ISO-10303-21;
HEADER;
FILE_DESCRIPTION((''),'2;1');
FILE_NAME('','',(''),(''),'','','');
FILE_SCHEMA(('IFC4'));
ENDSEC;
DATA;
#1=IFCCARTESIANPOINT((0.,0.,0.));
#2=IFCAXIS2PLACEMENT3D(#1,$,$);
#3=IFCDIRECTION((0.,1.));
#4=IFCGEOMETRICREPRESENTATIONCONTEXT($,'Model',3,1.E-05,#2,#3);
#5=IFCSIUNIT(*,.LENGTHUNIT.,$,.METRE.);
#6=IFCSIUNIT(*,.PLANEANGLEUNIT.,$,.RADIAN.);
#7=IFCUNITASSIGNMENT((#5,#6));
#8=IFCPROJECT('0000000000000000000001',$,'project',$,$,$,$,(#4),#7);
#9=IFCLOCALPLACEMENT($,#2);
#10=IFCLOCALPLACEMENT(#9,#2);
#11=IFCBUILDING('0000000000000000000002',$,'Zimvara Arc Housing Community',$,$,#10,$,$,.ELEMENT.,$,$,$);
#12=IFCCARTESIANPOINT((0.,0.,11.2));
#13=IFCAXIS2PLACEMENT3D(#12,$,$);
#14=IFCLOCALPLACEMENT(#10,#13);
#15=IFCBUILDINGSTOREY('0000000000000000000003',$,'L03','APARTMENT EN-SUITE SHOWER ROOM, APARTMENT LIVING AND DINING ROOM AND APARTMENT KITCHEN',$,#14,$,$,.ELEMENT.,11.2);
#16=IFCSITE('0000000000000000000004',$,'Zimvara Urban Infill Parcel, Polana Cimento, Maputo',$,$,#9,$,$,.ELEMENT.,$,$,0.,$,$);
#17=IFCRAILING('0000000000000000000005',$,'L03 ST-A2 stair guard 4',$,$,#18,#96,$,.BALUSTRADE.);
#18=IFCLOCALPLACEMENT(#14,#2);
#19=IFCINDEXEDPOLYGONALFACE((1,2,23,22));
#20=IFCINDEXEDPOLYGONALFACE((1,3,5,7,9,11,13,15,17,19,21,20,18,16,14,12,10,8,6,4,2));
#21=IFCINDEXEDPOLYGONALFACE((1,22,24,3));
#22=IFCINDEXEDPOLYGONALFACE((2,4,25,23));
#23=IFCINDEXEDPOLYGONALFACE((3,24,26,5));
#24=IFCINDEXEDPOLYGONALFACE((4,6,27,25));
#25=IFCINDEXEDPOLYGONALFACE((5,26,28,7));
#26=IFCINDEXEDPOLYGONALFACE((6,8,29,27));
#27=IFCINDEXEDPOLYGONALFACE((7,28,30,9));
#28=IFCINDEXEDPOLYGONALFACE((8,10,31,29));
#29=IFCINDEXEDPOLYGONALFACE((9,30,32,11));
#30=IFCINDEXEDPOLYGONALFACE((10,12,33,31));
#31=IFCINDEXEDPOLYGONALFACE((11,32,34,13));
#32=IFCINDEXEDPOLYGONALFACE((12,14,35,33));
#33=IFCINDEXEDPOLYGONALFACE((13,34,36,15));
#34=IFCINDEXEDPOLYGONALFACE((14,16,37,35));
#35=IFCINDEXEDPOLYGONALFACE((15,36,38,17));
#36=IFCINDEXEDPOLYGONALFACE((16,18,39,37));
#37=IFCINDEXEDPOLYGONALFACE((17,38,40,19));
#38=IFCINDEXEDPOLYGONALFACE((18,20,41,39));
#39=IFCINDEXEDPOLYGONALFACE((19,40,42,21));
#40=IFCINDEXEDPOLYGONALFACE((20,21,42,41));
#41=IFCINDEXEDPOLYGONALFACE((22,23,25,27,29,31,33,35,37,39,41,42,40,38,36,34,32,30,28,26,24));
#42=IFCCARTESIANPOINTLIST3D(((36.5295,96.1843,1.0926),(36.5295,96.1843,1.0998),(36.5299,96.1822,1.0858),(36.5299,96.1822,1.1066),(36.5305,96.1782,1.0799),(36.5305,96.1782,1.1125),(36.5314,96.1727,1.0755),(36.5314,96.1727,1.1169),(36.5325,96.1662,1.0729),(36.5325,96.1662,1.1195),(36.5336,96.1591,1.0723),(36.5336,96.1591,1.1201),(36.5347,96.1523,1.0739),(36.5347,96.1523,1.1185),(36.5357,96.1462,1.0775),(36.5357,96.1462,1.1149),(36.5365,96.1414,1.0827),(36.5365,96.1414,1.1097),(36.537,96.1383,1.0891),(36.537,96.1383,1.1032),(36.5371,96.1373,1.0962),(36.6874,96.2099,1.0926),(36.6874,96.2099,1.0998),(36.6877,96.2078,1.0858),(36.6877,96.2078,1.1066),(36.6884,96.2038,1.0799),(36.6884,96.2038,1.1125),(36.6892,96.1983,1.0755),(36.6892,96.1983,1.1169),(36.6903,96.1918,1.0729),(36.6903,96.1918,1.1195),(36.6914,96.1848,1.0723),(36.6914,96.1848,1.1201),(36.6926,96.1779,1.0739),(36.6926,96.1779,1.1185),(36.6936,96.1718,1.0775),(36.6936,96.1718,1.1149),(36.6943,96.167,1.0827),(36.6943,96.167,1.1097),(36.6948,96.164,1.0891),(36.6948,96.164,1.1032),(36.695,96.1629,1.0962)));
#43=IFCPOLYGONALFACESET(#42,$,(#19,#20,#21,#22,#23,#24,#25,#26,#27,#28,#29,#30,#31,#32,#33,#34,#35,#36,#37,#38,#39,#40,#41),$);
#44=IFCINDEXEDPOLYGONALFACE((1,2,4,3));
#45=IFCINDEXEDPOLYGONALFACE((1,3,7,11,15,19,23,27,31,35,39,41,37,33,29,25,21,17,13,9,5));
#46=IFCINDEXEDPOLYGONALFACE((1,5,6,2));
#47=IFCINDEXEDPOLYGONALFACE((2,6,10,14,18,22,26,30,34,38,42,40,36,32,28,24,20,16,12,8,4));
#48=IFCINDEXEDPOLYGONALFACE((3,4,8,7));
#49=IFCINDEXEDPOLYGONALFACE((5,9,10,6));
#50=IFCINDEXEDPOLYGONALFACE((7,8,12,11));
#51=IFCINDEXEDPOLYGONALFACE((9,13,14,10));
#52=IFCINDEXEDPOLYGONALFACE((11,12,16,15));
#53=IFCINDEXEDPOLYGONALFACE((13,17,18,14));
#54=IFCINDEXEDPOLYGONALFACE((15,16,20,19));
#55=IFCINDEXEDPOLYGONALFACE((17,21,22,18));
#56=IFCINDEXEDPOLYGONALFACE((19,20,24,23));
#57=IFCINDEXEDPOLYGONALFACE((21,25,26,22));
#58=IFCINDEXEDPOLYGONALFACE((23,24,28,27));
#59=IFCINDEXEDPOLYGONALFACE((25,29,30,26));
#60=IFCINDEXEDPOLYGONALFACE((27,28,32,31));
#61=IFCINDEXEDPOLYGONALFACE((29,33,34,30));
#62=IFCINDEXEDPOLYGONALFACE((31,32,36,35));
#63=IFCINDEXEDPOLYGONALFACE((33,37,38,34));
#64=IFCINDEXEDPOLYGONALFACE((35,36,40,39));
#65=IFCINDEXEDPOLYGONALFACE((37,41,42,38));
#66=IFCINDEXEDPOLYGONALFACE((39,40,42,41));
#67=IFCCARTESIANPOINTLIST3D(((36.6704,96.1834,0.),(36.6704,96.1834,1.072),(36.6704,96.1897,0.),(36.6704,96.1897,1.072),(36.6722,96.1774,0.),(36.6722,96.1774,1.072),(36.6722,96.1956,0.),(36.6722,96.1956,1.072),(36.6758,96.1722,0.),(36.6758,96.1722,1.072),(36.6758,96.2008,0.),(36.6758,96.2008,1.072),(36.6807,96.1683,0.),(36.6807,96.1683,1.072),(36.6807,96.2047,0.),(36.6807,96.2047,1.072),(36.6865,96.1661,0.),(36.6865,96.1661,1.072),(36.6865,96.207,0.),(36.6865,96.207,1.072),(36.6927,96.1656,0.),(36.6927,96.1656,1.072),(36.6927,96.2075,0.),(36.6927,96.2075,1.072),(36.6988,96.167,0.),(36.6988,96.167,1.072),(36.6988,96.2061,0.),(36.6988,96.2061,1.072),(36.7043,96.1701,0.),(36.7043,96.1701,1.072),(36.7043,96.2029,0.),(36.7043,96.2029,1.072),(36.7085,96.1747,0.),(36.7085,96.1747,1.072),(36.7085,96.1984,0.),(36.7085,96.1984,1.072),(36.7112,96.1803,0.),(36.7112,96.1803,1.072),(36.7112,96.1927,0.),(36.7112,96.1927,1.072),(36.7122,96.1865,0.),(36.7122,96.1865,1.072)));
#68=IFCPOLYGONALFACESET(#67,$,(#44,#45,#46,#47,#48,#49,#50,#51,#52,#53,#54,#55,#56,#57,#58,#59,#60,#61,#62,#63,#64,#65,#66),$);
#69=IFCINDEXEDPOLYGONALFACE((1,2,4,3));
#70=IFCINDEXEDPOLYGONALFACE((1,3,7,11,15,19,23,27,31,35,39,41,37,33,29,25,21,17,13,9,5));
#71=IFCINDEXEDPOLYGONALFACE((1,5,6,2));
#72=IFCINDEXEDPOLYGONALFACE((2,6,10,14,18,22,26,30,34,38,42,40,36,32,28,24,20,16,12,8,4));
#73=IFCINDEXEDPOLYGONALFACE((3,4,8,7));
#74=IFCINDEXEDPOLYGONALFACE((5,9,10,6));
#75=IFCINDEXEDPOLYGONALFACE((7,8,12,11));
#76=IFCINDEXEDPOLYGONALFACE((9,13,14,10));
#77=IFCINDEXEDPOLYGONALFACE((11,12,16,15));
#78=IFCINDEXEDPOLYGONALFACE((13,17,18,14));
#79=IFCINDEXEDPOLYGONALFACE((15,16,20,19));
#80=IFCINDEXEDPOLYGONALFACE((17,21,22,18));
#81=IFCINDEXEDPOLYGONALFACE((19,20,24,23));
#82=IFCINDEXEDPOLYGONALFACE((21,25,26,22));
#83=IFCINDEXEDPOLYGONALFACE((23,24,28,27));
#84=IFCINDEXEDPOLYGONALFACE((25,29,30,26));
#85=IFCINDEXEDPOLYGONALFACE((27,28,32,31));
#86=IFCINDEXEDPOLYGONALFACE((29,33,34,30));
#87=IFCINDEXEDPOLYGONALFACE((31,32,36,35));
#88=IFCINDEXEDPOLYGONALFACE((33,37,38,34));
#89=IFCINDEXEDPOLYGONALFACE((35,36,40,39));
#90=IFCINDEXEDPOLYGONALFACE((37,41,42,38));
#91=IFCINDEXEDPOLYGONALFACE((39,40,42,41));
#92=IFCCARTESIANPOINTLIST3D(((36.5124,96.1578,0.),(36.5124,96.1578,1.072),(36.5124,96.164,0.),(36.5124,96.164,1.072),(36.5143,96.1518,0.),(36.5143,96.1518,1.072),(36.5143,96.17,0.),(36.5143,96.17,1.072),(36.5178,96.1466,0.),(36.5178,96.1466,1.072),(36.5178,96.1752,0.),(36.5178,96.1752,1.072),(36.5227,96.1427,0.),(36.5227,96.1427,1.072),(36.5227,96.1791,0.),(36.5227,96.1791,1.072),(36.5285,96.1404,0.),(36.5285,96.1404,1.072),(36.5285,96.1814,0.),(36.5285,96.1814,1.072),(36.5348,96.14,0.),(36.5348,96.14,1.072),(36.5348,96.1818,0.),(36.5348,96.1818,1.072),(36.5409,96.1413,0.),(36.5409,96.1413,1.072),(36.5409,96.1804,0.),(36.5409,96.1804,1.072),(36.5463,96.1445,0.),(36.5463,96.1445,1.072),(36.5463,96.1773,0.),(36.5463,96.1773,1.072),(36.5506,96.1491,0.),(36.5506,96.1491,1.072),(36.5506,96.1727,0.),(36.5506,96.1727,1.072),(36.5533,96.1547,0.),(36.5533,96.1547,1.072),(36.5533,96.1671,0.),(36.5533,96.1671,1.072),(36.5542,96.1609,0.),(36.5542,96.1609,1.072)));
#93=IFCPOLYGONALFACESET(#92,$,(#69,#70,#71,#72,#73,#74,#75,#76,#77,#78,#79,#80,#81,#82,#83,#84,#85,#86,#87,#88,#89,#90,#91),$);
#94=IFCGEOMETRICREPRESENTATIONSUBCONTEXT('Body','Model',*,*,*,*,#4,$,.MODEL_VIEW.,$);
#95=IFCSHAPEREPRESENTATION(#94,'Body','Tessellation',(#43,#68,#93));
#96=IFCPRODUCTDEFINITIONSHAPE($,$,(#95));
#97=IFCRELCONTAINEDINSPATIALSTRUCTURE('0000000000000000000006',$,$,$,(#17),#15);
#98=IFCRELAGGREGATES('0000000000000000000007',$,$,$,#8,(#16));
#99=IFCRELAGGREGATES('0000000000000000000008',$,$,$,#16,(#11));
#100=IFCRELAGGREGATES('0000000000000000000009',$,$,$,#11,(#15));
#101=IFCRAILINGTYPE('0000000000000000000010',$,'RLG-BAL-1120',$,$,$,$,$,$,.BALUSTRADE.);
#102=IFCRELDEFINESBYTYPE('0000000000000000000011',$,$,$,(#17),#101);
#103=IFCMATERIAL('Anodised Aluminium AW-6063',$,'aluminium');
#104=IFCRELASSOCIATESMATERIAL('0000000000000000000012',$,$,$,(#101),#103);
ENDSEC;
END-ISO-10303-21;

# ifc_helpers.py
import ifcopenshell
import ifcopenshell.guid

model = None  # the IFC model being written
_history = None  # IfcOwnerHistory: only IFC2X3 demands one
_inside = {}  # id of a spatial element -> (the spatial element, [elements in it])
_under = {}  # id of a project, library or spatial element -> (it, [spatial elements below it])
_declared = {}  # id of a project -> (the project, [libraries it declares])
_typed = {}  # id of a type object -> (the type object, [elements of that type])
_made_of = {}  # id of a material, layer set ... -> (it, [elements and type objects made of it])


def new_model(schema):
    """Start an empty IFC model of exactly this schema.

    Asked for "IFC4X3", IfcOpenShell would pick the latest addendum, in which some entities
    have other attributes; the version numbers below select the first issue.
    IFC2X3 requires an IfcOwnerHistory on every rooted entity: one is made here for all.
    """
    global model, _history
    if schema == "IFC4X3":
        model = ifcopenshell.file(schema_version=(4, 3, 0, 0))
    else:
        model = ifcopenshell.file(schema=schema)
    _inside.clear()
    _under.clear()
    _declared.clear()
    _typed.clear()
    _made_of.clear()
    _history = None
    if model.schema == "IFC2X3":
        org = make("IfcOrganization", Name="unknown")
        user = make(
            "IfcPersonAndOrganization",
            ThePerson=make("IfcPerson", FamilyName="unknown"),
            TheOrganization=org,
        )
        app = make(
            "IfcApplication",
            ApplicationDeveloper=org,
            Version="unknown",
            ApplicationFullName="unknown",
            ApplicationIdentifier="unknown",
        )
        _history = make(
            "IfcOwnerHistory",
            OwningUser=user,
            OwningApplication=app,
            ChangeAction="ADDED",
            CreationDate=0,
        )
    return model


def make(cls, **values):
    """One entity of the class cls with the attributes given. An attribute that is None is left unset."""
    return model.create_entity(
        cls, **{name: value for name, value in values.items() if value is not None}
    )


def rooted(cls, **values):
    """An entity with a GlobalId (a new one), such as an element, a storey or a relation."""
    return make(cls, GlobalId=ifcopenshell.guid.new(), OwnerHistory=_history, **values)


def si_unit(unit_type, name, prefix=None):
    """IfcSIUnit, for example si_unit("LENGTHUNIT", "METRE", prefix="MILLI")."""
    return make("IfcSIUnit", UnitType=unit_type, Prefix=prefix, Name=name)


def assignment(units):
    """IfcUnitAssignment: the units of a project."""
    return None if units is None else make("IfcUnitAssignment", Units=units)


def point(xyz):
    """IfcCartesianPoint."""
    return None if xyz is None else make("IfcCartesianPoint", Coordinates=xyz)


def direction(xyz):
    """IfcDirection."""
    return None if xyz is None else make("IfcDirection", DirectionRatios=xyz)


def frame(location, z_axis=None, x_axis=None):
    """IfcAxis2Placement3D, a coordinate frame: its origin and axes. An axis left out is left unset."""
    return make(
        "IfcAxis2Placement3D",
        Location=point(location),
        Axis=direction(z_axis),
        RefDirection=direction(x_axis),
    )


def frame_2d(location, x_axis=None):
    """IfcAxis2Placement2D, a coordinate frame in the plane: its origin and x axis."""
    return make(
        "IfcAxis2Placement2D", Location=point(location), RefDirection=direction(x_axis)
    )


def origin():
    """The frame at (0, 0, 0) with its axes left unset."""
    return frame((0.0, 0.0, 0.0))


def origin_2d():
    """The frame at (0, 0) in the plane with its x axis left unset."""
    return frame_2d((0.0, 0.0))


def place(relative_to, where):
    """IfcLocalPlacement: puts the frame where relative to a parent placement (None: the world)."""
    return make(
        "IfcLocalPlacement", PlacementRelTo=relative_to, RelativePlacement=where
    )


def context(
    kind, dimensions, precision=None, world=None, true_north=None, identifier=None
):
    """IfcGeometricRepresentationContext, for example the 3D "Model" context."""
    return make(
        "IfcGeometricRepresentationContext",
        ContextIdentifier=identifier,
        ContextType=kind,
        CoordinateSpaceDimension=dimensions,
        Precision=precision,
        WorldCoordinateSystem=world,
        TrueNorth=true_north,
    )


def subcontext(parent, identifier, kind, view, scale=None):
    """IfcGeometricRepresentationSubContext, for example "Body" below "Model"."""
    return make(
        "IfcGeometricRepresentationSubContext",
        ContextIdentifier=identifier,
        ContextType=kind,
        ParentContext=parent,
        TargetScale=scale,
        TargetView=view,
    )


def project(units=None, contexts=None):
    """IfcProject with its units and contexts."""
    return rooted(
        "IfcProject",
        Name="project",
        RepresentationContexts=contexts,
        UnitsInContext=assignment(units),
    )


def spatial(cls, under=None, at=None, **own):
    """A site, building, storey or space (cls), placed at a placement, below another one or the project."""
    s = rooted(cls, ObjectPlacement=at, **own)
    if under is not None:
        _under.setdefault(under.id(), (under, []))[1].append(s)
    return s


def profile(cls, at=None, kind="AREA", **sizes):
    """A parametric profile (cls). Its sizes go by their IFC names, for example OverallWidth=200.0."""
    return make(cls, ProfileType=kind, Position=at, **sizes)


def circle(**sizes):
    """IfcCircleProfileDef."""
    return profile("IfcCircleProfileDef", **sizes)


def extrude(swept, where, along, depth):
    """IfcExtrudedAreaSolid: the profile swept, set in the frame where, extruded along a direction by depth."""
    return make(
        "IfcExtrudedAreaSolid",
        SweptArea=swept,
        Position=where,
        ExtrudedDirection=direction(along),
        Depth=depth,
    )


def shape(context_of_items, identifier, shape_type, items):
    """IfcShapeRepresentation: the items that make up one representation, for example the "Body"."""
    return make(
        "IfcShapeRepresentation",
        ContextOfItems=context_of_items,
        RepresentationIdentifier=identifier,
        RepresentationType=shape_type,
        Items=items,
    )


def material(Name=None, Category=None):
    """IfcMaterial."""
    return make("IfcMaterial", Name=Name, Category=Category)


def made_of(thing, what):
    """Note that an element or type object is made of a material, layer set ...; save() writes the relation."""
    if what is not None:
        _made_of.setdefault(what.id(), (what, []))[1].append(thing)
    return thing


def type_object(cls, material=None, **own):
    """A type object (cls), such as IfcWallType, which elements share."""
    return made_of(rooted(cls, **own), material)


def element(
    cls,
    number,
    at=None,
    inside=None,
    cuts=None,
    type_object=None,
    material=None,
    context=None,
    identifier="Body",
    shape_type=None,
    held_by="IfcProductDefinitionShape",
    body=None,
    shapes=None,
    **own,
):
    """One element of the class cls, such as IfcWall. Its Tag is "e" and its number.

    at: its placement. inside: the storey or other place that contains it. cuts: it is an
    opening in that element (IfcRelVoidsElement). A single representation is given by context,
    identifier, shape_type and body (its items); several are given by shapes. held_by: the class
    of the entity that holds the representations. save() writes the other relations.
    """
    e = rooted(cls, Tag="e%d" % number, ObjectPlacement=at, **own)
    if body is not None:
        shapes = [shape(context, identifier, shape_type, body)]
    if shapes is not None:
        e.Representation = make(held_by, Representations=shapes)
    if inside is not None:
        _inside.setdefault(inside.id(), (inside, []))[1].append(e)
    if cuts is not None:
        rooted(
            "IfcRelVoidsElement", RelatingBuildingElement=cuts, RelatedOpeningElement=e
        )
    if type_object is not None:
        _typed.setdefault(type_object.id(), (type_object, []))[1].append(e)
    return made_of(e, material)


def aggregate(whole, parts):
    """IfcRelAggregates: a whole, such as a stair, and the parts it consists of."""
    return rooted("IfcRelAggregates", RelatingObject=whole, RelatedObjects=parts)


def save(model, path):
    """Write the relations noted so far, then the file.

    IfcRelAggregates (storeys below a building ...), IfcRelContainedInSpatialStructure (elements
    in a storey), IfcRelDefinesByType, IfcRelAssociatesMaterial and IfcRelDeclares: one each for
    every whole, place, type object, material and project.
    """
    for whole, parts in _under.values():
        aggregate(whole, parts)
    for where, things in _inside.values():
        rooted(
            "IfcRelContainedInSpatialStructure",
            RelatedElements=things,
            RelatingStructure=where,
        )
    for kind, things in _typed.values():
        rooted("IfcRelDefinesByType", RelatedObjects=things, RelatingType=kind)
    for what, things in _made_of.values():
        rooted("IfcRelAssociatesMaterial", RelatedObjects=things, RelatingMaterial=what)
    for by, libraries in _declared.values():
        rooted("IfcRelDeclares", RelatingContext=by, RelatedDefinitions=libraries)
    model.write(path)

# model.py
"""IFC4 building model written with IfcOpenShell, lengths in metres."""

from ifc_helpers import new_model, si_unit, direction, frame, origin, origin_2d, place, context, subcontext, project, spatial, circle, extrude, material, type_object, element, save


model = new_model("IFC4")

# Units and contexts
model_context = context("Model", 3, precision=1e-05, world=origin(), true_north=direction((0.0, 1.0)))
body_context = subcontext(model_context, "Body", "Model", "MODEL_VIEW")
ifc_project = project(units=[si_unit("LENGTHUNIT", "METRE"), si_unit("PLANEANGLEUNIT", "RADIAN")], contexts=[model_context])

# Site, building, storey
site_placement = place(None, origin())
site = spatial("IfcSite", under=ifc_project, at=site_placement, Name="Zimvara Urban Infill Parcel, Polana Cimento, Maputo", CompositionType="ELEMENT", RefElevation=0.0)
building_placement = place(site_placement, origin())
building = spatial("IfcBuilding", under=site, at=building_placement, Name="Zimvara Arc Housing Community", CompositionType="ELEMENT")
storey_placement = place(building_placement, frame((0.0, 0.0, 11.2)))
storey = spatial("IfcBuildingStorey", under=building, at=storey_placement, Name="L03", Description="APARTMENT EN-SUITE SHOWER ROOM, APARTMENT LIVING AND DINING ROOM AND APARTMENT KITCHEN", CompositionType="ELEMENT", Elevation=11.2)

# Railing
ifc_material_1 = material(Name="Anodised Aluminium AW-6063", Category="aluminium")
railing_type_1 = type_object("IfcRailingType", Name="RLG-BAL-1120", PredefinedType="BALUSTRADE", material=ifc_material_1)
railing_1_placement = place(storey_placement, frame((36.6912, 96.1865, 0.0)))
element("IfcRailing", 1, at=railing_1_placement, inside=storey, type_object=railing_type_1, Name="L03 ST-A2 stair guard 4", PredefinedType="BALUSTRADE", context=body_context, shape_type="SweptSolid", body=[
    extrude(circle(Radius=0.0239, at=origin_2d()), frame((0.0, 0.0, 1.0962), z_axis=(-0.987086, -0.160192, 0.0), x_axis=(0.160192, -0.987086, 0.0)), (0.0, 0.0, 1.0), 0.1599),
    extrude(circle(Radius=0.021, at=origin_2d()), origin(), (0.0, 0.0, 1.0), 1.072),
    extrude(circle(Radius=0.021, at=origin_2d()), frame((-0.158, -0.0256, 0.0)), (0.0, 0.0, 1.0), 1.072),
])

save(model, "model.ifc")
